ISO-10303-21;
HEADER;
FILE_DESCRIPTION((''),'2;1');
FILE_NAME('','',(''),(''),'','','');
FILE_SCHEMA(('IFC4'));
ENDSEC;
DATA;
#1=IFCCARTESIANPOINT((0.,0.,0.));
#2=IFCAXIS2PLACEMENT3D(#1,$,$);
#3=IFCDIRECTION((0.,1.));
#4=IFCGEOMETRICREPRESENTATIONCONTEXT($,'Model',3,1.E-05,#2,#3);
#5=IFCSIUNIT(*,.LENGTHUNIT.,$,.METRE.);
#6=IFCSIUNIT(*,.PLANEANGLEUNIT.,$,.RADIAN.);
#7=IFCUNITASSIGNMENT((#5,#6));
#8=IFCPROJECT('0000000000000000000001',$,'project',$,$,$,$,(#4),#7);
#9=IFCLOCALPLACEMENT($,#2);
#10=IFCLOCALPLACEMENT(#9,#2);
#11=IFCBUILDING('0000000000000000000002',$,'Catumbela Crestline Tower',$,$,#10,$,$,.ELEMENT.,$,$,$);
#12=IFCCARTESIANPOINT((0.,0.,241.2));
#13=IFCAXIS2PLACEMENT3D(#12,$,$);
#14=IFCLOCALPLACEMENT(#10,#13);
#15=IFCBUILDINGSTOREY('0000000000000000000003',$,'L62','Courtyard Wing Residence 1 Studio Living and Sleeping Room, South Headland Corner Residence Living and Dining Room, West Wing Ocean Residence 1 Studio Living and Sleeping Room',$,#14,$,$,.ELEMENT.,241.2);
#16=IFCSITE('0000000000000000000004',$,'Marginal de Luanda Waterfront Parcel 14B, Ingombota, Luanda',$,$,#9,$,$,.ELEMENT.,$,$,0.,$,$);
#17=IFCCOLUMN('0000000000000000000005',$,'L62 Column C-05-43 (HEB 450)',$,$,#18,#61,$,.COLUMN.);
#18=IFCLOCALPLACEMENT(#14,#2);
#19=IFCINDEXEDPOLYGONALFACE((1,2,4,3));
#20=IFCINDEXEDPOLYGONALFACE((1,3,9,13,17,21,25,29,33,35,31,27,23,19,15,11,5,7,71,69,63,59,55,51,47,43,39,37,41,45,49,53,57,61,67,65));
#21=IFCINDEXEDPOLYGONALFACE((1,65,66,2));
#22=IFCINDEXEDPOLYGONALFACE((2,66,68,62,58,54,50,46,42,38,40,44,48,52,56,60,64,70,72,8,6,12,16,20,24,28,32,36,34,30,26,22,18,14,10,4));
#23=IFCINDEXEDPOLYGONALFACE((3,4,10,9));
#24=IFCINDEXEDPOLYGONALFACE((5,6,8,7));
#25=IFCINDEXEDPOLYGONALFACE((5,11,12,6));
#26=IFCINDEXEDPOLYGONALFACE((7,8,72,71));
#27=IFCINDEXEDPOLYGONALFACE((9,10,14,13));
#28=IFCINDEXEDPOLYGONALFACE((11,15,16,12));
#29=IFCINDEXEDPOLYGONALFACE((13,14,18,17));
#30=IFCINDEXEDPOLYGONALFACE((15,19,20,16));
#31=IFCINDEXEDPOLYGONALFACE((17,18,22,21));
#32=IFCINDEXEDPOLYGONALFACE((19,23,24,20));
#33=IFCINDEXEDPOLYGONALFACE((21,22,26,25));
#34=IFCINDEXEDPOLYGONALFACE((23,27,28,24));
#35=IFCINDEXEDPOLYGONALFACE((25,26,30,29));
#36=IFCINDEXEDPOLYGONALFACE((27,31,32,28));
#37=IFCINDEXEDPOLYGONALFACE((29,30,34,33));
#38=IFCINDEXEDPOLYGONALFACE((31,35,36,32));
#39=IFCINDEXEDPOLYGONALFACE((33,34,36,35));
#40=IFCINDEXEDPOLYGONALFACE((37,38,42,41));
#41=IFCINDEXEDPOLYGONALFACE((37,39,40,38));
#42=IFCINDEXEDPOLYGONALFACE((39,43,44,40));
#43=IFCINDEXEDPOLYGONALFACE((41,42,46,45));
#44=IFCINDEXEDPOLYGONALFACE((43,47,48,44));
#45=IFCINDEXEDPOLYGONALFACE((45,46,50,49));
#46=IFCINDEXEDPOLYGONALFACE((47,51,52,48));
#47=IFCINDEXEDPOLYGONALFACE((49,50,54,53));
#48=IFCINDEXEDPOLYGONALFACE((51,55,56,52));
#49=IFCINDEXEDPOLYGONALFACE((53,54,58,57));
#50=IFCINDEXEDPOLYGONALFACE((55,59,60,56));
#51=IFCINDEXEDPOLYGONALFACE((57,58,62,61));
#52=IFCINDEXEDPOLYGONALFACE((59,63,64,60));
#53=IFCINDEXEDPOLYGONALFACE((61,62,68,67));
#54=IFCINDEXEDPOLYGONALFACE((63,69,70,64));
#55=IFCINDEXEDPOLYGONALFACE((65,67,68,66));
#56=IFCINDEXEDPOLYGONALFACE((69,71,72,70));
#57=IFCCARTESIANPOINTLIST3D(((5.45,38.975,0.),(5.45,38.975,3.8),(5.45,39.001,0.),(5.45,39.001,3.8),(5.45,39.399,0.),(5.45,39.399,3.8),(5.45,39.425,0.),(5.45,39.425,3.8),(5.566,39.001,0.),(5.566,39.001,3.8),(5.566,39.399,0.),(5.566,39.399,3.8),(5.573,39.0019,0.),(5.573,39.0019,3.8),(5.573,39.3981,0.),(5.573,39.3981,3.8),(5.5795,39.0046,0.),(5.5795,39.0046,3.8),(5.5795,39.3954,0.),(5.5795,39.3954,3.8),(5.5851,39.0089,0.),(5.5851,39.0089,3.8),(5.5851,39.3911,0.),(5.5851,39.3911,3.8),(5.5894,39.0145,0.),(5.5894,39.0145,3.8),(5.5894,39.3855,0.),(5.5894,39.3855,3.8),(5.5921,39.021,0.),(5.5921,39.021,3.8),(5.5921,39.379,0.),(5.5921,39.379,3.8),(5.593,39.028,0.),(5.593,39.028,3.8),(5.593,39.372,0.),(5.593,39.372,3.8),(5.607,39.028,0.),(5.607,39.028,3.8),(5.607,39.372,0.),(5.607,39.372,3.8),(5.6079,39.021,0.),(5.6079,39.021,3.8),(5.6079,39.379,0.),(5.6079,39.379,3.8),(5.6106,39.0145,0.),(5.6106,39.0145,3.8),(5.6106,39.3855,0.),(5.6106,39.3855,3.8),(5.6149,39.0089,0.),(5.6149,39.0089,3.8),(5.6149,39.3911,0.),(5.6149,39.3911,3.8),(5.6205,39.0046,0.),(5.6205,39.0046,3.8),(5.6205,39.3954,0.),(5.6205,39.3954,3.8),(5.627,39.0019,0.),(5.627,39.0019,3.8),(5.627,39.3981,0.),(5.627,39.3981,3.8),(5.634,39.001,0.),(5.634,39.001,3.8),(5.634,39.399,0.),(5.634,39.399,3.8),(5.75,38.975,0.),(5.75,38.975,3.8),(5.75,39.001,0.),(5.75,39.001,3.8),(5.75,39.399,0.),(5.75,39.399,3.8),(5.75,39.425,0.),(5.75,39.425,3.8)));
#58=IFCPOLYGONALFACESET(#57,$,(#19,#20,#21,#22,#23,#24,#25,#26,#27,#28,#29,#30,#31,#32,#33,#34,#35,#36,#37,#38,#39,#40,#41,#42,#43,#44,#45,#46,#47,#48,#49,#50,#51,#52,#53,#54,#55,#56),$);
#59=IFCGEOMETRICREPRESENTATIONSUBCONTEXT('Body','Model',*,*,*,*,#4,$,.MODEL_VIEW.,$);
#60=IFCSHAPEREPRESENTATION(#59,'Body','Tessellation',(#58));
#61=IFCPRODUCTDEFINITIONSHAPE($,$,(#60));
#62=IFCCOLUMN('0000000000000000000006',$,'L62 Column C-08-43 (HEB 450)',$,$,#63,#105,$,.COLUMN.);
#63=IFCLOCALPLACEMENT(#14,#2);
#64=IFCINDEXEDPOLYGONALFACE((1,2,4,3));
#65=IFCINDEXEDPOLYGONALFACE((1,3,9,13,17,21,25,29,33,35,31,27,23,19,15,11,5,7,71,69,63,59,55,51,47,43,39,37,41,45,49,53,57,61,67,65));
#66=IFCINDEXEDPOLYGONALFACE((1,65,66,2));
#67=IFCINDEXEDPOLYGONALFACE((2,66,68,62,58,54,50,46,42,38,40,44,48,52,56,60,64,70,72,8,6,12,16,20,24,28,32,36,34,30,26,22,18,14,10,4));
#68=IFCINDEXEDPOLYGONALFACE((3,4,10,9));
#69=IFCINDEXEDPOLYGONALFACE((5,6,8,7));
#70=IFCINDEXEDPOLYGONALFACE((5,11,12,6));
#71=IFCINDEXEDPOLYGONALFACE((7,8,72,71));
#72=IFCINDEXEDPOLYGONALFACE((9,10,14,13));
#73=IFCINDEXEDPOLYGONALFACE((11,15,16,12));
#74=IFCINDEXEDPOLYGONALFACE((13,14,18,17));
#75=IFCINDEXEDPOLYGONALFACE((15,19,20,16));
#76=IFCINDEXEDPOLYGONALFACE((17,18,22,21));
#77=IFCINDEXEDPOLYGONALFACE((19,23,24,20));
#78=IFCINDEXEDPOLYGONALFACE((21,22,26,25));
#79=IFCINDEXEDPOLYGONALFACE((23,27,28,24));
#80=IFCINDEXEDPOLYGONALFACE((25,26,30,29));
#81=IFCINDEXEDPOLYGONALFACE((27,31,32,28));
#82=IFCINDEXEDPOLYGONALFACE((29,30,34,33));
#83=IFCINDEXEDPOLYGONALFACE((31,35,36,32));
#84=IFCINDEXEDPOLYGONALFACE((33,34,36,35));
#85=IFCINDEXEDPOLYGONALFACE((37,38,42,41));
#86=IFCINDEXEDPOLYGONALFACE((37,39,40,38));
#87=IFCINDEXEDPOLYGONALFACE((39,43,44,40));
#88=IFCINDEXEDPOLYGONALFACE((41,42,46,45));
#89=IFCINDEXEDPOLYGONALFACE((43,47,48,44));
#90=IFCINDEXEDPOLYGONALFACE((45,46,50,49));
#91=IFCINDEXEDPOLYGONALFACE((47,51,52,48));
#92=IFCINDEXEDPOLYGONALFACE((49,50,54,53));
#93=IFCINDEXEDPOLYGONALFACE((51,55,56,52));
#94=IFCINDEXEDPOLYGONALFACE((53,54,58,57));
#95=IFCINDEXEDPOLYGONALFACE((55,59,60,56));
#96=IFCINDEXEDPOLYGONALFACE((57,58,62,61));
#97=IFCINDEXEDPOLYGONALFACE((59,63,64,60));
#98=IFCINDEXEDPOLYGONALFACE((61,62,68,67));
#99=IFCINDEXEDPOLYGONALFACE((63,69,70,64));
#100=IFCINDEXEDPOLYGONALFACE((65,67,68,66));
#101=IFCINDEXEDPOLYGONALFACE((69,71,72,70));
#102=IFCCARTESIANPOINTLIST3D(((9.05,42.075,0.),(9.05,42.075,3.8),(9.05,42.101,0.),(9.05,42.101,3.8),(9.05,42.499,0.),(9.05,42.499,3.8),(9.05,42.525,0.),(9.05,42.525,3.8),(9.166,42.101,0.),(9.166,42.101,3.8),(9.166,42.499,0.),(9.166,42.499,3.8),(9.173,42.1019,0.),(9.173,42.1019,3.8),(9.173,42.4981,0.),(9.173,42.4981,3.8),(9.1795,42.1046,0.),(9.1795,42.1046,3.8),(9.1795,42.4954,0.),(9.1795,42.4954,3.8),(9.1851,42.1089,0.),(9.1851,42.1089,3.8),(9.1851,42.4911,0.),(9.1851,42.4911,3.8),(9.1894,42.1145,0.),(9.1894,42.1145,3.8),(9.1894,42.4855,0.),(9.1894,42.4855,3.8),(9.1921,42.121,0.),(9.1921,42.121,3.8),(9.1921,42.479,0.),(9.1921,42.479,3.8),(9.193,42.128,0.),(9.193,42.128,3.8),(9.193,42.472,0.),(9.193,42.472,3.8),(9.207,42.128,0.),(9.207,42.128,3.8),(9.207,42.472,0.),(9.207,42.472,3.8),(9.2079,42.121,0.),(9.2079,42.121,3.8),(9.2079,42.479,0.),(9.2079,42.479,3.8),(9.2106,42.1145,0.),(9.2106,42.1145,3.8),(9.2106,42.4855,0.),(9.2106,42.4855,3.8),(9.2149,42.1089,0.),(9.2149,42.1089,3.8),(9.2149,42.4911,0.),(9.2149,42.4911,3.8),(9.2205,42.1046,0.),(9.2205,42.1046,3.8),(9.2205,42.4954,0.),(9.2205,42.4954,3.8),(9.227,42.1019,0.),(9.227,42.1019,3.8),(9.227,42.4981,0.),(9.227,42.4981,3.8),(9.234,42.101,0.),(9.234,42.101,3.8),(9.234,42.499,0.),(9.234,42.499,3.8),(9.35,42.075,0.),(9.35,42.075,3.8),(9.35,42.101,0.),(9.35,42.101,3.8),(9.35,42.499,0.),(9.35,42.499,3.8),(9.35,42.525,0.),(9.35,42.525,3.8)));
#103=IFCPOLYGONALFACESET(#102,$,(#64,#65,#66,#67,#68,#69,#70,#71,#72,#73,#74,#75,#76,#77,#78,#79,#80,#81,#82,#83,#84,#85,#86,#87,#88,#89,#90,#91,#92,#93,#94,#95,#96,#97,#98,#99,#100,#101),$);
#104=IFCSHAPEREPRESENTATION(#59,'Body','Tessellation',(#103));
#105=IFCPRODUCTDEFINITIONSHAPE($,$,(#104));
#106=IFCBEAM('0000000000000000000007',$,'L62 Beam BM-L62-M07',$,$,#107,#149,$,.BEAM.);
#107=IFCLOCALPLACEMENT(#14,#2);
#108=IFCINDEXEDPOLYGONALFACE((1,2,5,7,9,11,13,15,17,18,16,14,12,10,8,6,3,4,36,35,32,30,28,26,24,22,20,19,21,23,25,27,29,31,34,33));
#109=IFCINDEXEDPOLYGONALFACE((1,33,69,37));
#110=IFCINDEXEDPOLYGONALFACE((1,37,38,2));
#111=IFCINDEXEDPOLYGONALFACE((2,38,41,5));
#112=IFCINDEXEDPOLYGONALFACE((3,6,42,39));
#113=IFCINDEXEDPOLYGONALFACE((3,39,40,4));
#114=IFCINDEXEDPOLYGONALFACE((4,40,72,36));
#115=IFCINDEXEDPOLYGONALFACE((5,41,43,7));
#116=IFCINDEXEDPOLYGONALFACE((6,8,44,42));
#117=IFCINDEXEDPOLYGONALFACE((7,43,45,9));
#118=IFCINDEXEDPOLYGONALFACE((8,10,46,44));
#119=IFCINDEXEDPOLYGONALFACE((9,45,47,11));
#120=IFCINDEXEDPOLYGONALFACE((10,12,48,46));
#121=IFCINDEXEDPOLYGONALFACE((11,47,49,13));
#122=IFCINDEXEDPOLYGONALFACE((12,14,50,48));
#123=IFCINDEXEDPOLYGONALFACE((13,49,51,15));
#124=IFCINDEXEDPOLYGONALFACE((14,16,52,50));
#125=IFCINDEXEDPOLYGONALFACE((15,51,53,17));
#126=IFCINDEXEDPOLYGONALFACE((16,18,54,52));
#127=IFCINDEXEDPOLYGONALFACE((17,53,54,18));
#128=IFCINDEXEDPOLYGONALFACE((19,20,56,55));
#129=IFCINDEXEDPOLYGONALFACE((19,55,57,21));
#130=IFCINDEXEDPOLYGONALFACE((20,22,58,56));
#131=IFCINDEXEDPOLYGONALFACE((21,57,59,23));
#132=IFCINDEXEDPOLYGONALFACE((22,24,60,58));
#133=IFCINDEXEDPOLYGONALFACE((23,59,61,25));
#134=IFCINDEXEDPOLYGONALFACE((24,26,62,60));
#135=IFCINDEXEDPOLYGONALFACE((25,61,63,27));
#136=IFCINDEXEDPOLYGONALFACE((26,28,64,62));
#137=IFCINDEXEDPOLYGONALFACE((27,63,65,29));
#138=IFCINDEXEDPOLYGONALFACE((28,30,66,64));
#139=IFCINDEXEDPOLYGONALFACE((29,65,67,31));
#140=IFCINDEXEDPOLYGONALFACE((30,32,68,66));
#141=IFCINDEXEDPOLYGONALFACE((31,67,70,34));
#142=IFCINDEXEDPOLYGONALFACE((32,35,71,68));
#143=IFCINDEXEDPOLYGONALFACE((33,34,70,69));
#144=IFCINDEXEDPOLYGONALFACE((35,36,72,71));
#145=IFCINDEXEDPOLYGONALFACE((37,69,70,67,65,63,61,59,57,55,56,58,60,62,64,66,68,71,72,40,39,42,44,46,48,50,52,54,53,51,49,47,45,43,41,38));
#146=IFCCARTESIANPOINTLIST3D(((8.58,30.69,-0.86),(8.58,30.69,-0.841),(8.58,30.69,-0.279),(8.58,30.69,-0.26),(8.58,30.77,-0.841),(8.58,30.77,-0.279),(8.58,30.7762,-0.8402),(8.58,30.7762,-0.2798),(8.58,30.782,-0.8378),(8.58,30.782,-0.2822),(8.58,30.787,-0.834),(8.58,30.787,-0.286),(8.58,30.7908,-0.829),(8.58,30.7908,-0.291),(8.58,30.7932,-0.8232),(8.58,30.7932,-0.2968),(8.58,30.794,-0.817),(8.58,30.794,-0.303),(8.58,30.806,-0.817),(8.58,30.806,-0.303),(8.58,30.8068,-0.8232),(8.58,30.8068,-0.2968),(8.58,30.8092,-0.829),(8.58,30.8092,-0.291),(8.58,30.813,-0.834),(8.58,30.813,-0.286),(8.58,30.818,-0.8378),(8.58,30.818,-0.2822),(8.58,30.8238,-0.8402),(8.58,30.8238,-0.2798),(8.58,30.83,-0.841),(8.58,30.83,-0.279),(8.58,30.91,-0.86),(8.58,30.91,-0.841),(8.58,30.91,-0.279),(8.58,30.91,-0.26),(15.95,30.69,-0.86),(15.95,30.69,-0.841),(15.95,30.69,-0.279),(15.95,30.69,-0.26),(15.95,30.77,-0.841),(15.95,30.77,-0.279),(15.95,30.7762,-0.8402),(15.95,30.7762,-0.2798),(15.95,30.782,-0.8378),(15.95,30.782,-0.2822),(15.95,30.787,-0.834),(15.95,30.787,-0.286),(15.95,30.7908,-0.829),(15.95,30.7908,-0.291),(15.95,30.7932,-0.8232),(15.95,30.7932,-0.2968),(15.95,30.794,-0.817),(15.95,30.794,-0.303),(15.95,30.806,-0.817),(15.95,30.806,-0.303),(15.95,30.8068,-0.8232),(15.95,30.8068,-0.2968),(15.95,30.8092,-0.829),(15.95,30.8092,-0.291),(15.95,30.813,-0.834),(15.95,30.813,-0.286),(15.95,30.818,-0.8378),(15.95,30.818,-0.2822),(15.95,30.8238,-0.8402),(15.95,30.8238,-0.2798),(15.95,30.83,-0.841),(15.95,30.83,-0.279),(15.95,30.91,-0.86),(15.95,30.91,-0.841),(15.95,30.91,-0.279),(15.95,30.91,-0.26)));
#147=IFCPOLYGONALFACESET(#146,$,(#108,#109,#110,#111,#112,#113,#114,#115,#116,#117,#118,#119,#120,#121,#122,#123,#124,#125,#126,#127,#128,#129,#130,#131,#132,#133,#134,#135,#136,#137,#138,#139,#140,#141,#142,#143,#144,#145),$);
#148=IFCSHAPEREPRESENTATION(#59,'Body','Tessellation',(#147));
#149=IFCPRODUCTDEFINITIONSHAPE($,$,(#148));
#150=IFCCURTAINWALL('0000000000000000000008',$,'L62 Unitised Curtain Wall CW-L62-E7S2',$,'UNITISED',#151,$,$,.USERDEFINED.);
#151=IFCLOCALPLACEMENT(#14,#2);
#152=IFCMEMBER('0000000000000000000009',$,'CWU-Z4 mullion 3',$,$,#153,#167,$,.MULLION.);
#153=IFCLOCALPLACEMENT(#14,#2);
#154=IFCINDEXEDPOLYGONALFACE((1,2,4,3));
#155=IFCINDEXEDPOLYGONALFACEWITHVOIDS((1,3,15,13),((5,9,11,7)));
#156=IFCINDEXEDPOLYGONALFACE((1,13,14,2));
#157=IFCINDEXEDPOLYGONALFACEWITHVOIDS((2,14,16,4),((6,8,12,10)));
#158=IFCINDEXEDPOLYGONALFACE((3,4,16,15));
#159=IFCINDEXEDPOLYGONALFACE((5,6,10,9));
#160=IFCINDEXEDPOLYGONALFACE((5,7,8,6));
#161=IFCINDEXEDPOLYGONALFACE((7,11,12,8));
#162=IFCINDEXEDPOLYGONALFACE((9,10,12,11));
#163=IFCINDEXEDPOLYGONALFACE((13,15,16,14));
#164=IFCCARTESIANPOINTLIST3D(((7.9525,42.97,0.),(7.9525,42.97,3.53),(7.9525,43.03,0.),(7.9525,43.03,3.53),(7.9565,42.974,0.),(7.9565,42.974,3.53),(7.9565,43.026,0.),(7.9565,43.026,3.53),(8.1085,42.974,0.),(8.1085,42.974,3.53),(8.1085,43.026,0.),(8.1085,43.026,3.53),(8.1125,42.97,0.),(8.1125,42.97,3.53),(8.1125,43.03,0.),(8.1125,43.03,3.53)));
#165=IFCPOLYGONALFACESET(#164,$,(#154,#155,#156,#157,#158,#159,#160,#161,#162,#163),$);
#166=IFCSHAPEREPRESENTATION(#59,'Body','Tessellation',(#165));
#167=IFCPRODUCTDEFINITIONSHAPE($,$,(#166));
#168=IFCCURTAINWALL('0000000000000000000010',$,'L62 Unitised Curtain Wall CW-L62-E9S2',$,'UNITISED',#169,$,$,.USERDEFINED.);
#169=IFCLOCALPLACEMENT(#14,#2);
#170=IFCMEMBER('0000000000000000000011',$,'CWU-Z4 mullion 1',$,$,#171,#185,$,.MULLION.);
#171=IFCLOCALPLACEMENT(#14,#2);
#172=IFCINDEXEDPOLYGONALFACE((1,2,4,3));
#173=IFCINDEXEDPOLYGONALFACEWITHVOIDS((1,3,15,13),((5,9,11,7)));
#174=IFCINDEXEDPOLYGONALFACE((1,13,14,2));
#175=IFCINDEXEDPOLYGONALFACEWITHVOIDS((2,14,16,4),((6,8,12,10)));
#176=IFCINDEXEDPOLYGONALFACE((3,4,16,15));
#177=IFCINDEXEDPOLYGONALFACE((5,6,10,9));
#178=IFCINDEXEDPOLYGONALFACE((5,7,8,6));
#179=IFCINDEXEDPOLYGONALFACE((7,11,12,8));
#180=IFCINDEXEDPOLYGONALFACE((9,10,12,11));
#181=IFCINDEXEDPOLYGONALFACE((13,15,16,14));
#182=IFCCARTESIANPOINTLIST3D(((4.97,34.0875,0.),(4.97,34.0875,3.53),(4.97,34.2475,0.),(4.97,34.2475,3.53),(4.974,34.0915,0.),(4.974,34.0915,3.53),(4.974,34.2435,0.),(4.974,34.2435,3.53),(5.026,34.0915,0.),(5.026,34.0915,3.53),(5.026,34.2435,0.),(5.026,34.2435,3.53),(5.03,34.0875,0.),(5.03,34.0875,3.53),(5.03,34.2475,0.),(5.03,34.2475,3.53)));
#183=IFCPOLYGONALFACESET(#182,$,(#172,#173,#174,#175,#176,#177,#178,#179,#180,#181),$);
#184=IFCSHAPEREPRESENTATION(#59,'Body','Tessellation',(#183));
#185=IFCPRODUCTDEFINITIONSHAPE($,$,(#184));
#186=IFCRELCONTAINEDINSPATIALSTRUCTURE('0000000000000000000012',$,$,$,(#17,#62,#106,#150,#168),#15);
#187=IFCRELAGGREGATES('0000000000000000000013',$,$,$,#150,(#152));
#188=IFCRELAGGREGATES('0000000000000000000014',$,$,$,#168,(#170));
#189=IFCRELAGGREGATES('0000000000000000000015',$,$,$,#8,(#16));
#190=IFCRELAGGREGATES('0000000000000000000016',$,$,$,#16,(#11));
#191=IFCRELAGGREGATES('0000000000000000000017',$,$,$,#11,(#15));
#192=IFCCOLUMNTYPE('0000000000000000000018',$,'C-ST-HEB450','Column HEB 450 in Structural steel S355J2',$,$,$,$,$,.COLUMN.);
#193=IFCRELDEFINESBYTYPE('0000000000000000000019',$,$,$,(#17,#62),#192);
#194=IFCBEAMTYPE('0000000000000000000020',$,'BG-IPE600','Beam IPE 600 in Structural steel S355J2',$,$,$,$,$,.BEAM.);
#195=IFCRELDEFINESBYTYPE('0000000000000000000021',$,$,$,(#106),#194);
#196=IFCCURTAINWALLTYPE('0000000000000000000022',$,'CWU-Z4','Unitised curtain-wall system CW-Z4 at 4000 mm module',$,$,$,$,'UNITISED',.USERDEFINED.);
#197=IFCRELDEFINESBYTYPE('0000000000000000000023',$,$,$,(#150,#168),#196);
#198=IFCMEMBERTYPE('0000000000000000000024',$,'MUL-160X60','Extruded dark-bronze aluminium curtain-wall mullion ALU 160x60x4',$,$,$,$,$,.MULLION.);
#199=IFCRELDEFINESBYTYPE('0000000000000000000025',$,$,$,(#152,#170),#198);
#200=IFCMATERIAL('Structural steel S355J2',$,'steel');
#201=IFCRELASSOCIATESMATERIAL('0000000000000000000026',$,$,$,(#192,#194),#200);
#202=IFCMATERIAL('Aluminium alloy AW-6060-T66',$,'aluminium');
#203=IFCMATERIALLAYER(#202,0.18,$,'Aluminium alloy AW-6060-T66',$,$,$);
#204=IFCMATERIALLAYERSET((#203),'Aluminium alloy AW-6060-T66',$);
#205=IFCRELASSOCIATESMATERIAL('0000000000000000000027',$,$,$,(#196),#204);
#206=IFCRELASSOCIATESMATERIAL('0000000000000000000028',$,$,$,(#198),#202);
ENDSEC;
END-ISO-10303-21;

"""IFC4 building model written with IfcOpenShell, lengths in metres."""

from ifc_helpers import new_model, si_unit, direction, frame, origin, origin_2d, place, context, subcontext, project, spatial, hollow_rectangle, i_section, extrude, material, layer, layer_set, material_profile, profile_set, type_object, element, aggregate, save


model = new_model("IFC4")

# Units and contexts
model_context = context("Model", 3, precision=1e-05, world=origin(), true_north=direction((0.0, 1.0)))
body_context = subcontext(model_context, "Body", "Model", "MODEL_VIEW")
ifc_project = project(units=[si_unit("LENGTHUNIT", "METRE"), si_unit("PLANEANGLEUNIT", "RADIAN")], contexts=[model_context])

# Site, building, storey
site_placement = place(None, origin())
site = spatial("IfcSite", under=ifc_project, at=site_placement, Name="Marginal de Luanda Waterfront Parcel 14B, Ingombota, Luanda", CompositionType="ELEMENT", RefElevation=0.0)
building_placement = place(site_placement, origin())
building = spatial("IfcBuilding", under=site, at=building_placement, Name="Catumbela Crestline Tower", CompositionType="ELEMENT")
storey_placement = place(building_placement, frame((0.0, 0.0, 241.2)))
storey = spatial("IfcBuildingStorey", under=building, at=storey_placement, Name="L62", Description="Courtyard Wing Residence 1 Studio Living and Sleeping Room, South Headland Corner Residence Living and Dining Room, West Wing Ocean Residence 1 Studio Living and Sleeping Room", CompositionType="ELEMENT", Elevation=241.2)

# Columns
ifc_material_1 = material(Name="Structural steel S355J2", Category="steel")
ifc_material_profile_1 = material_profile(ifc_material_1, i_section(OverallWidth=0.3, OverallDepth=0.45, WebThickness=0.014, FlangeThickness=0.026, FilletRadius=0.027, at=origin_2d()), Name="HEB 450")
ifc_profile_set_1 = profile_set([ifc_material_profile_1], Name="Structural steel S355J2")
column_type = type_object("IfcColumnType", Name="C-ST-HEB450", Description="Column HEB 450 in Structural steel S355J2", PredefinedType="COLUMN", material=ifc_profile_set_1)
for number, where, z_axis, x_axis, name in (
    (1, (5.6, 39.2, 0.0), (0.0, 0.0, 1.0), (1.0, 0.0, 0.0), "L62 Column C-05-43 (HEB 450)"),
    (2, (9.2, 42.3, 0.0), (0.0, 0.0, 1.0), (1.0, 0.0, 0.0), "L62 Column C-08-43 (HEB 450)"),
):
    element("IfcColumn", number, at=place(storey_placement, frame(where, z_axis=z_axis, x_axis=x_axis)), inside=storey, type_object=column_type, Name=name, PredefinedType="COLUMN", context=body_context, shape_type="SweptSolid", body=[
        extrude(i_section(OverallWidth=0.3, OverallDepth=0.45, WebThickness=0.014, FlangeThickness=0.026, FilletRadius=0.027, at=origin_2d()), origin(), (0.0, 0.0, 1.0), 3.8),
    ])

# Beam
ifc_material_profile_2 = material_profile(ifc_material_1, i_section(OverallWidth=0.22, OverallDepth=0.6, WebThickness=0.012, FlangeThickness=0.019, FilletRadius=0.024, at=origin_2d()), Name="IPE 600")
ifc_profile_set_2 = profile_set([ifc_material_profile_2], Name="Structural steel S355J2")
beam_type_1 = type_object("IfcBeamType", Name="BG-IPE600", Description="Beam IPE 600 in Structural steel S355J2", PredefinedType="BEAM", material=ifc_profile_set_2)
beam_1_placement = place(storey_placement, frame((8.58, 30.8, -0.56), z_axis=(1.0, 0.0, 0.0), x_axis=(0.0, 1.0, 0.0)))
element("IfcBeam", 3, at=beam_1_placement, inside=storey, type_object=beam_type_1, Name="L62 Beam BM-L62-M07", PredefinedType="BEAM", context=body_context, shape_type="SweptSolid", body=[
    extrude(i_section(OverallWidth=0.22, OverallDepth=0.6, WebThickness=0.012, FlangeThickness=0.019, FilletRadius=0.024, at=origin_2d()), origin(), (0.0, 0.0, 1.0), 7.37),
])

# Curtain walls, members
ifc_material_2 = material(Name="Aluminium alloy AW-6060-T66", Category="aluminium")
ifc_layer_1 = layer(ifc_material_2, 0.18, Name="Aluminium alloy AW-6060-T66")
ifc_layer_set_1 = layer_set([ifc_layer_1], Name="Aluminium alloy AW-6060-T66")
curtain_wall_type = type_object("IfcCurtainWallType", Name="CWU-Z4", Description="Unitised curtain-wall system CW-Z4 at 4000 mm module", ElementType="UNITISED", PredefinedType="USERDEFINED", material=ifc_layer_set_1)
curtain_wall_1_placement = place(storey_placement, origin())
curtain_wall_1 = element("IfcCurtainWall", 4, at=curtain_wall_1_placement, inside=storey, type_object=curtain_wall_type, Name="L62 Unitised Curtain Wall CW-L62-E7S2", ObjectType="UNITISED", PredefinedType="USERDEFINED")
ifc_material_profile_3 = material_profile(ifc_material_2, hollow_rectangle(XDim=0.06, YDim=0.16, WallThickness=0.004, at=origin_2d()), Name="ALU 160x60x4")
ifc_profile_set_3 = profile_set([ifc_material_profile_3], Name="Aluminium alloy AW-6060-T66")
member_type_1 = type_object("IfcMemberType", Name="MUL-160X60", Description="Extruded dark-bronze aluminium curtain-wall mullion ALU 160x60x4", PredefinedType="MULLION", material=ifc_profile_set_3)
member_1_placement = place(storey_placement, frame((8.0325, 43.0, 0.0), z_axis=(0.0, 0.0, 1.0), x_axis=(0.0, -1.0, 0.0)))
member_1 = element("IfcMember", 5, at=member_1_placement, type_object=member_type_1, Name="CWU-Z4 mullion 3", PredefinedType="MULLION", context=body_context, shape_type="SweptSolid", body=[
    extrude(hollow_rectangle(XDim=0.06, YDim=0.16, WallThickness=0.004, at=origin_2d()), origin(), (0.0, 0.0, 1.0), 3.53),
])
aggregate(curtain_wall_1, [member_1])
curtain_wall_2_placement = place(storey_placement, origin())
curtain_wall_2 = element("IfcCurtainWall", 6, at=curtain_wall_2_placement, inside=storey, type_object=curtain_wall_type, Name="L62 Unitised Curtain Wall CW-L62-E9S2", ObjectType="UNITISED", PredefinedType="USERDEFINED")
member_2_placement = place(storey_placement, frame((5.0, 34.1675, 0.0), z_axis=(0.0, 0.0, 1.0), x_axis=(1.0, 0.0, 0.0)))
member_2 = element("IfcMember", 7, at=member_2_placement, type_object=member_type_1, Name="CWU-Z4 mullion 1", PredefinedType="MULLION", context=body_context, shape_type="SweptSolid", body=[
    extrude(hollow_rectangle(XDim=0.06, YDim=0.16, WallThickness=0.004, at=origin_2d()), origin(), (0.0, 0.0, 1.0), 3.53),
])

aggregate(curtain_wall_2, [member_2])

save(model, "model.ifc")
